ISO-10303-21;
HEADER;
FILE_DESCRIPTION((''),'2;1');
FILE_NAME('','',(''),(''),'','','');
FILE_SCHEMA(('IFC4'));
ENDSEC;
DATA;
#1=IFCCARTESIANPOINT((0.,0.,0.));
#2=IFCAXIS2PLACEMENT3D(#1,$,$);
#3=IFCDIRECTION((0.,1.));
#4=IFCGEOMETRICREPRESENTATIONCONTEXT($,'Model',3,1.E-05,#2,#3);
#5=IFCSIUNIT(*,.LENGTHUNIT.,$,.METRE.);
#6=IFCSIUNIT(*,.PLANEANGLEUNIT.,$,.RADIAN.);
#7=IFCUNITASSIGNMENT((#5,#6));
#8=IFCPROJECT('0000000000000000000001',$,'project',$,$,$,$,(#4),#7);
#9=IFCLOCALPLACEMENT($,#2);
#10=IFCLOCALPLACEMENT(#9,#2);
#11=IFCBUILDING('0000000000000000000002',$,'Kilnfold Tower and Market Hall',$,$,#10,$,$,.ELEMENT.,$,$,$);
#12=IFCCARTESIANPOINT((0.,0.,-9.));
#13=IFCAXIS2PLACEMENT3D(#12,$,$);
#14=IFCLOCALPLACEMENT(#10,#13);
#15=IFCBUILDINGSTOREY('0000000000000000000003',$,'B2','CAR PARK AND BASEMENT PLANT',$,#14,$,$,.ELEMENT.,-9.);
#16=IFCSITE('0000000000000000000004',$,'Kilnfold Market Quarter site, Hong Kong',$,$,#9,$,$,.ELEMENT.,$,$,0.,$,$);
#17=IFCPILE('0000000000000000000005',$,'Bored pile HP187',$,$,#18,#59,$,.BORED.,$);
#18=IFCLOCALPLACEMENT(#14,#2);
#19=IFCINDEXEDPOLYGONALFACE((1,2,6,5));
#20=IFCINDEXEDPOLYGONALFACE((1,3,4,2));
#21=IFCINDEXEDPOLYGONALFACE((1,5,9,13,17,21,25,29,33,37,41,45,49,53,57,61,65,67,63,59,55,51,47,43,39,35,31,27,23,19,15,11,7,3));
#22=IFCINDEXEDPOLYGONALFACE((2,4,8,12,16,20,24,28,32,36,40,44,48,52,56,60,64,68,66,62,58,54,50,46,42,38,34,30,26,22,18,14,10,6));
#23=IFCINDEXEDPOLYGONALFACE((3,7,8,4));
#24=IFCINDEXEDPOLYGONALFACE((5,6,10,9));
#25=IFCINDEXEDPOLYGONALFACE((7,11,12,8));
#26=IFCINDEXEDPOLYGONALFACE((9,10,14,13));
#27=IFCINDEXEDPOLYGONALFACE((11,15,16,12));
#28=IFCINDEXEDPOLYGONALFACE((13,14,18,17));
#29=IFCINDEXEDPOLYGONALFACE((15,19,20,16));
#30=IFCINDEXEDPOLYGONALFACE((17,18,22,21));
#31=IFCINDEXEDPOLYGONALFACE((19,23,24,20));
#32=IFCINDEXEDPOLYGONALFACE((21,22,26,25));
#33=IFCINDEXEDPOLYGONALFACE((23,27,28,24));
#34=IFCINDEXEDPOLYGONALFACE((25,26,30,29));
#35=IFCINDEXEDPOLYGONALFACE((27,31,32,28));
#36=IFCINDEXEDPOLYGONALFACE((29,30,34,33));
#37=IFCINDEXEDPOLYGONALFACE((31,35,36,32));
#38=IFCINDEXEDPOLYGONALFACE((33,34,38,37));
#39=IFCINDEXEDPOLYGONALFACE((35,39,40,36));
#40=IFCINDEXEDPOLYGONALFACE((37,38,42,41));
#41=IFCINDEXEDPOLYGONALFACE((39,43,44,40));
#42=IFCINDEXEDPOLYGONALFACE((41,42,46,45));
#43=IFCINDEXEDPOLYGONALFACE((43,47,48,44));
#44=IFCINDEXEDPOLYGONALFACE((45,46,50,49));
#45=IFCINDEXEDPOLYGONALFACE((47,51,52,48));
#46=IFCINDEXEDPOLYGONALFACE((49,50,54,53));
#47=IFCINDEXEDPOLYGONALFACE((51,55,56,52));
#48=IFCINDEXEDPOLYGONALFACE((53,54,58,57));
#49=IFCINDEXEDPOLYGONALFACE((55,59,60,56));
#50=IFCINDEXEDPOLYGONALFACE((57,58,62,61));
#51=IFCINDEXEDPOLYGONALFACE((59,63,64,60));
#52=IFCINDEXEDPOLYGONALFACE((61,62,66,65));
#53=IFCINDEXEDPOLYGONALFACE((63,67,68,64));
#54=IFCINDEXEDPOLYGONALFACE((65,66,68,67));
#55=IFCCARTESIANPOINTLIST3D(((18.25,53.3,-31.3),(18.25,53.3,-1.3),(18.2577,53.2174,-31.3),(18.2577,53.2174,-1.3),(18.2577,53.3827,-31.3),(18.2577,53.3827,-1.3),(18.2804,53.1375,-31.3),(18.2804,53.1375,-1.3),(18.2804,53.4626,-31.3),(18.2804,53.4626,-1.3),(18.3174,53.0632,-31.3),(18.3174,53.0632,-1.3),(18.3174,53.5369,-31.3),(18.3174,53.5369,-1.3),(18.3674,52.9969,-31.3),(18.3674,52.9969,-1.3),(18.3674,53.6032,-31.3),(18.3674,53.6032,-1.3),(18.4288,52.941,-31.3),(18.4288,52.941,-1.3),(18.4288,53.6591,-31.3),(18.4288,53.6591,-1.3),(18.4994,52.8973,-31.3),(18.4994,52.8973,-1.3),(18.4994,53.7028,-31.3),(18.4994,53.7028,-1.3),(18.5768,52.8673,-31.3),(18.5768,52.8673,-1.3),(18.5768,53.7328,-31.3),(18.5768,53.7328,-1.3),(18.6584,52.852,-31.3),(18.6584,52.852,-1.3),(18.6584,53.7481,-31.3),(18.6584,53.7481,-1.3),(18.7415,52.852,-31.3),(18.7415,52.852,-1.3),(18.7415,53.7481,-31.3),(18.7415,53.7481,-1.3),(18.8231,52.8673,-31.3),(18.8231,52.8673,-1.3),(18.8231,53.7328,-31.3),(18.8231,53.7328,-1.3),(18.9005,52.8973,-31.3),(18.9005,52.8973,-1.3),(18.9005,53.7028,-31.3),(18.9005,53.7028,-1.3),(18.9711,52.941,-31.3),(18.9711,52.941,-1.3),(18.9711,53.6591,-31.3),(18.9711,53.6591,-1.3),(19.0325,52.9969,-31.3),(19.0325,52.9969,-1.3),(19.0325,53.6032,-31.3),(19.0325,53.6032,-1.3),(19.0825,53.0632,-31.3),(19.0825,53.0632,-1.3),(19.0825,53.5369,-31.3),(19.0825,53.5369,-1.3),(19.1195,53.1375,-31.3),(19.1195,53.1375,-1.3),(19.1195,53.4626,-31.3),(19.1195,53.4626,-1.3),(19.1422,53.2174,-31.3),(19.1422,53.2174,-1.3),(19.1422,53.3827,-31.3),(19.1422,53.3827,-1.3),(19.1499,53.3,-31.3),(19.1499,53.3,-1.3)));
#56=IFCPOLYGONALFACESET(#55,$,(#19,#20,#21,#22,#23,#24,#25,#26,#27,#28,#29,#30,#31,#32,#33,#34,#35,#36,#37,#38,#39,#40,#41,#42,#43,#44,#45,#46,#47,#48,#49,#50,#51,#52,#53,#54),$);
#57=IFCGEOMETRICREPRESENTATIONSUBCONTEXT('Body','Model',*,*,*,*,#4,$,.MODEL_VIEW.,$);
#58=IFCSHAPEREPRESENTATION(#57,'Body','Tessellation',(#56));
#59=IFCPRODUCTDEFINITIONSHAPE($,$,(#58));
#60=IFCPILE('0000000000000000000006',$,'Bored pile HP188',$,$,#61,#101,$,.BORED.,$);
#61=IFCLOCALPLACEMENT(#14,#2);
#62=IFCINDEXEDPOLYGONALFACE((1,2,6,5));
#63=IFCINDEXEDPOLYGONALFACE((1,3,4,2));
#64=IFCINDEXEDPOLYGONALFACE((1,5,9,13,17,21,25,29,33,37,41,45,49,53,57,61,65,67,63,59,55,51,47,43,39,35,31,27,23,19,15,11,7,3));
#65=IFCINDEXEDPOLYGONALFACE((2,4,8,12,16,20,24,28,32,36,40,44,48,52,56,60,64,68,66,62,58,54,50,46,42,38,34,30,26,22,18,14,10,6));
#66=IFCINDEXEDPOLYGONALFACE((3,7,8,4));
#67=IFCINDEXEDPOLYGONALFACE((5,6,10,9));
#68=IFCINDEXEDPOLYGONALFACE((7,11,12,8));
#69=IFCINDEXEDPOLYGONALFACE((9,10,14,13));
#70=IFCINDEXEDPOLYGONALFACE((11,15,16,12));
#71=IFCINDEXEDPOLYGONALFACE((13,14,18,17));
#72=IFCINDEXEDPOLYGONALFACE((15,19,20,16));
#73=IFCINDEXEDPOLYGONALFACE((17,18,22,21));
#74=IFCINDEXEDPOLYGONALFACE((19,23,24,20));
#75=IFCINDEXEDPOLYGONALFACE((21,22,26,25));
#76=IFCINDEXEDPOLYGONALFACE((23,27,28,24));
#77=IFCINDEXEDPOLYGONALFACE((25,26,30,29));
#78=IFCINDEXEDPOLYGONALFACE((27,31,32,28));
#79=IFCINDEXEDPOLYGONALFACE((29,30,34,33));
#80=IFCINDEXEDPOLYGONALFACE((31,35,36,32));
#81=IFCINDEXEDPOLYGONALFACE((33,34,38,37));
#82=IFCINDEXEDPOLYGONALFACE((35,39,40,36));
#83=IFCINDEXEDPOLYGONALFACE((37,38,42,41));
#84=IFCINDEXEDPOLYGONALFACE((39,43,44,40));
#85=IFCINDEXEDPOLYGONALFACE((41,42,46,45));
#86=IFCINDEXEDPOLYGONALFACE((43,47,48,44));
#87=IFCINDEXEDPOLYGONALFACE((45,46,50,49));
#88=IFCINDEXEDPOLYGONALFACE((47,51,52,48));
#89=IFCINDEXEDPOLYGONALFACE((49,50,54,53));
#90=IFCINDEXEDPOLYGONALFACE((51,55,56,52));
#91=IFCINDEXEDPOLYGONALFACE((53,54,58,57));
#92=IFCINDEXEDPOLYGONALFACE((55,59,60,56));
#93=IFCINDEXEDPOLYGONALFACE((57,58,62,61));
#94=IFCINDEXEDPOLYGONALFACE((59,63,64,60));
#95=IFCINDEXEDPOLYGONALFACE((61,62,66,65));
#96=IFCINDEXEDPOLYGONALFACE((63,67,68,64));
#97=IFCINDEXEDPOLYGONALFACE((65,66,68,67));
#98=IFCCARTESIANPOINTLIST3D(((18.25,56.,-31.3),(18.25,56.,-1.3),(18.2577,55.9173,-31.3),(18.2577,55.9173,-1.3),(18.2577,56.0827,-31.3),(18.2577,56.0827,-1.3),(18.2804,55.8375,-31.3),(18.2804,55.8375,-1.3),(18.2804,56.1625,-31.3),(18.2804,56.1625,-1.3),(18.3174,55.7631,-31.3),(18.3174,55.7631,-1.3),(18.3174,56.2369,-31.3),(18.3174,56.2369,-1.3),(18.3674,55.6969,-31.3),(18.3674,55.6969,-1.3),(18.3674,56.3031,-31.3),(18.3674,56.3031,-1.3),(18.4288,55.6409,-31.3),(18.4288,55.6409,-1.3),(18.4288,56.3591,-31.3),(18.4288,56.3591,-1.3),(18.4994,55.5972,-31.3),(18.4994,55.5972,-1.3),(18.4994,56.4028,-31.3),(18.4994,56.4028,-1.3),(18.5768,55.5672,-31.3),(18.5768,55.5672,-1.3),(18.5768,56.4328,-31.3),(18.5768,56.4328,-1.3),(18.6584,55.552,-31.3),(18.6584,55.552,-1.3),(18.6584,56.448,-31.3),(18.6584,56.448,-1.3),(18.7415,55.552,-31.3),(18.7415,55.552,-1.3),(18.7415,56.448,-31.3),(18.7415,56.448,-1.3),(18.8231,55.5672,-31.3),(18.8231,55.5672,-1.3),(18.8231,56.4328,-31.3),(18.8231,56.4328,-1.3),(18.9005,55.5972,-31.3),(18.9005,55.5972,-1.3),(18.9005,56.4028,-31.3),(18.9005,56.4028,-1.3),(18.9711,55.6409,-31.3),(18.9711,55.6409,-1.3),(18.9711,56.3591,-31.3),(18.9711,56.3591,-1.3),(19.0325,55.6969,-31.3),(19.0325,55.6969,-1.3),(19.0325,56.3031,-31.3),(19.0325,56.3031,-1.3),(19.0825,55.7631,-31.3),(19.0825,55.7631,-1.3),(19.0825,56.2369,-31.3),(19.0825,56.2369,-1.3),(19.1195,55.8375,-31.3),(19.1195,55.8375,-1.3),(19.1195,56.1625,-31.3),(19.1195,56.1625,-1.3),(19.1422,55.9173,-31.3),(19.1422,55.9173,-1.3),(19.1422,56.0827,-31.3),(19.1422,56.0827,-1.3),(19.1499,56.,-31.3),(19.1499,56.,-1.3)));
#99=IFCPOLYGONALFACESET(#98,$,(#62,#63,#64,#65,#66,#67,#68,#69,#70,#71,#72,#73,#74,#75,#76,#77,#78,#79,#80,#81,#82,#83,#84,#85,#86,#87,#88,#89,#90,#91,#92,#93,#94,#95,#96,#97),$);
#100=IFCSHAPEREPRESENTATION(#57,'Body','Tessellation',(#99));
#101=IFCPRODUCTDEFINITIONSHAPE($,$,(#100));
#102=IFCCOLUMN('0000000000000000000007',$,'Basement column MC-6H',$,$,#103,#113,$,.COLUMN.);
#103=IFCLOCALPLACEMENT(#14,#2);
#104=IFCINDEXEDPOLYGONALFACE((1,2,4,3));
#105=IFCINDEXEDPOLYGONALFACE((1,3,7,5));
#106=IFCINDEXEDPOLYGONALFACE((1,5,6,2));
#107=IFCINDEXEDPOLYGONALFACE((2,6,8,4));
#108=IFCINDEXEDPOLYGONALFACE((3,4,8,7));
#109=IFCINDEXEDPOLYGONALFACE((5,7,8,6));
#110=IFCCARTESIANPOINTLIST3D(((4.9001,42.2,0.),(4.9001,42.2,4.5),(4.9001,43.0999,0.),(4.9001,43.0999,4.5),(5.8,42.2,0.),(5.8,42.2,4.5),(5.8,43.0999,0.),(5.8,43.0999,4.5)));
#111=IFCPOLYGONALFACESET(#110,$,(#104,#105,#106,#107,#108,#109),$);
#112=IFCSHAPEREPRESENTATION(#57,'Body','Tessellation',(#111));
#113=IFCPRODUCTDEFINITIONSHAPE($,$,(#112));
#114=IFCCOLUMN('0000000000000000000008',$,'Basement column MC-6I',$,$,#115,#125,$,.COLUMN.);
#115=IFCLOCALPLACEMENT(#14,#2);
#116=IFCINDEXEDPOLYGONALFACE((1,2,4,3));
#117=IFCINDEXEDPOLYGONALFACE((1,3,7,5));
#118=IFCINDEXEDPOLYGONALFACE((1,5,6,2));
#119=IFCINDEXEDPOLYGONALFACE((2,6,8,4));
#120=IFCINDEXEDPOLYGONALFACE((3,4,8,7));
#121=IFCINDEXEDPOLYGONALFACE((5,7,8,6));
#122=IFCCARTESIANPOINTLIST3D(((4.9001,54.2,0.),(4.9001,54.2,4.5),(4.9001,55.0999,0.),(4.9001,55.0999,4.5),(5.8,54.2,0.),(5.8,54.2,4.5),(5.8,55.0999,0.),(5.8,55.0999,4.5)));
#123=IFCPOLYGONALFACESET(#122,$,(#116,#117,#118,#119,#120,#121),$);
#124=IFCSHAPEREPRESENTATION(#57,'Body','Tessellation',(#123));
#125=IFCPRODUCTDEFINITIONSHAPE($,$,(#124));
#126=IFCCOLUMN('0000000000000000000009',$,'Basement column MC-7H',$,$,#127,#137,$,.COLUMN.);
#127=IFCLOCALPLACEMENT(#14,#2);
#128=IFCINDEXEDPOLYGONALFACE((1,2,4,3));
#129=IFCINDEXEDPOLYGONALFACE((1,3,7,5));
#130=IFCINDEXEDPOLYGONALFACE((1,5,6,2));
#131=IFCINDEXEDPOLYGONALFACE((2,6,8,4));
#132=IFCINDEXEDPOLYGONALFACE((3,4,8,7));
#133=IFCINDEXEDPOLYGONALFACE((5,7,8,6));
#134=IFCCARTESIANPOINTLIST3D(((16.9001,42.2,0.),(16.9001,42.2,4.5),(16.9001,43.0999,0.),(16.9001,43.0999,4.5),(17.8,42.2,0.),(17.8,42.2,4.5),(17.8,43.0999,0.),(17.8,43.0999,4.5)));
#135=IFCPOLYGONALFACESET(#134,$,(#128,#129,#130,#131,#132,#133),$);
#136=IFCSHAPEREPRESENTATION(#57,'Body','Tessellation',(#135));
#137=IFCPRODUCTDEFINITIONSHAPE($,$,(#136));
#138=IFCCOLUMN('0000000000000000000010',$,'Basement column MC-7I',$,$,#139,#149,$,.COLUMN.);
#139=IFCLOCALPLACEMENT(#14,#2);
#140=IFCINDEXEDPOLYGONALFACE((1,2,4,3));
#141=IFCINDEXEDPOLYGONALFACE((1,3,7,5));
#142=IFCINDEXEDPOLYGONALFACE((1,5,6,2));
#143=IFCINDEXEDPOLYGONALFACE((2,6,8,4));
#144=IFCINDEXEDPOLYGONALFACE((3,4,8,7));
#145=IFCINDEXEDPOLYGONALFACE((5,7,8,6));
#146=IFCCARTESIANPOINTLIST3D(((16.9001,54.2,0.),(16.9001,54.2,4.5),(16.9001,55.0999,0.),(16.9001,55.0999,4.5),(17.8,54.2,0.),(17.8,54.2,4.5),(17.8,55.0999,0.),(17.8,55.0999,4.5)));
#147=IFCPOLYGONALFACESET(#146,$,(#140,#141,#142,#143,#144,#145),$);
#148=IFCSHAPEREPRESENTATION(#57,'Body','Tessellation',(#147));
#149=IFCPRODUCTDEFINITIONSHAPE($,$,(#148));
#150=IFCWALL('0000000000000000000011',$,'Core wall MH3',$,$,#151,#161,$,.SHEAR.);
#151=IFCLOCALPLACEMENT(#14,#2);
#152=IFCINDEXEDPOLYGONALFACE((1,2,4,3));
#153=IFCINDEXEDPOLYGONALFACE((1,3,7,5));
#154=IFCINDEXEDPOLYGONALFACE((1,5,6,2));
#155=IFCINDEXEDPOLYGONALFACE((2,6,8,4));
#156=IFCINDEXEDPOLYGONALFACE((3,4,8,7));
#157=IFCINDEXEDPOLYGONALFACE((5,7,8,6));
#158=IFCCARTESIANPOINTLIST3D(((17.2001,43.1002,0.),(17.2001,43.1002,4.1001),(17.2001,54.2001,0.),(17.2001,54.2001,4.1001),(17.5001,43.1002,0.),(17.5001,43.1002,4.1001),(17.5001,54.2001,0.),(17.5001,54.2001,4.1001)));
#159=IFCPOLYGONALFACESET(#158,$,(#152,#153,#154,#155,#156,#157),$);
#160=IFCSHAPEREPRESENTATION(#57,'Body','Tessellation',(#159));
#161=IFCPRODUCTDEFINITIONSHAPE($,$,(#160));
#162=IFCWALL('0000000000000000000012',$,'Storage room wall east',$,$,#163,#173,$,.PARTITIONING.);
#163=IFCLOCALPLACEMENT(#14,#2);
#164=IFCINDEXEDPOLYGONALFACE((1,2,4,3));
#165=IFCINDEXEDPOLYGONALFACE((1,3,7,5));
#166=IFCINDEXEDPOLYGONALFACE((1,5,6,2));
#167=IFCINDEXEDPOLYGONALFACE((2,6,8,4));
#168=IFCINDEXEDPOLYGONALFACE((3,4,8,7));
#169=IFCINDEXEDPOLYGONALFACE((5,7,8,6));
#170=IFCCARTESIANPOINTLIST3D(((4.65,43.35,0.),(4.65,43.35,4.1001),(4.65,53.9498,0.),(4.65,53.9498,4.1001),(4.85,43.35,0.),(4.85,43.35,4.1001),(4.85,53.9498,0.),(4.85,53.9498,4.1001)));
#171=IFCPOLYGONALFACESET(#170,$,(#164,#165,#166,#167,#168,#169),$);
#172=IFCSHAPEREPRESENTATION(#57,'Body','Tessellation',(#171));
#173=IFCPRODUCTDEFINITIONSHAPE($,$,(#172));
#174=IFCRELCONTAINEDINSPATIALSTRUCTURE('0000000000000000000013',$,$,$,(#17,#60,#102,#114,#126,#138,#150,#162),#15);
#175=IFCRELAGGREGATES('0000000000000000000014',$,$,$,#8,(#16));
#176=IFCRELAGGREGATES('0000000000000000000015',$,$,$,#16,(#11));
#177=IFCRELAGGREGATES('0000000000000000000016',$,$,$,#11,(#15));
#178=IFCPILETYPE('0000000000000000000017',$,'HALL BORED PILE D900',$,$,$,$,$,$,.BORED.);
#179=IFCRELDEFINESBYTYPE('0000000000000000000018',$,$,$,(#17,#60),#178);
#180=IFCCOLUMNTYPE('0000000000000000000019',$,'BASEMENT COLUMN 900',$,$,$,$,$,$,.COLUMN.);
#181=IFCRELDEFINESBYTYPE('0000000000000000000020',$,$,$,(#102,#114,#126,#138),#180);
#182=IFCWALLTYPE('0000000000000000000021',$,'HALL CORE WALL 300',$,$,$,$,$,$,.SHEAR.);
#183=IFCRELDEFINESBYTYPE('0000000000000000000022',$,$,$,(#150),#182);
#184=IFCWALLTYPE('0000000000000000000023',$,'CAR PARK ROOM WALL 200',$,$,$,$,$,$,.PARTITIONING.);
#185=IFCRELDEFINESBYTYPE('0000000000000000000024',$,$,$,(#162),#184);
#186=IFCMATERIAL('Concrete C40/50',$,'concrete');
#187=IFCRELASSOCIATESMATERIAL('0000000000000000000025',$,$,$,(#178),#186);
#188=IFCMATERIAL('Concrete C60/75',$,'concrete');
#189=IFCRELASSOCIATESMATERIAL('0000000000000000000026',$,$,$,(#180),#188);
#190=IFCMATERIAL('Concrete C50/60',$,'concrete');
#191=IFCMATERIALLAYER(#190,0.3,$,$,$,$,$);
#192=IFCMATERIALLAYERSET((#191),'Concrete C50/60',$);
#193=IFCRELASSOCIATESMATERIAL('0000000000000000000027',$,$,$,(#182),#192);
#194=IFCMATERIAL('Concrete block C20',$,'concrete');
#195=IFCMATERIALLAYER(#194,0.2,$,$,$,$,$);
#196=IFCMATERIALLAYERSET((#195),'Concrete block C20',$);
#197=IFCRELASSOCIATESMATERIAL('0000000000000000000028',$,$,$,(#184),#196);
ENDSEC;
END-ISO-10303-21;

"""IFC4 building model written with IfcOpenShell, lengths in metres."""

from ifc_helpers import new_model, si_unit, direction, frame, frame_2d, origin, origin_2d, place, context, subcontext, project, spatial, rectangle, circle, extrude, source, transform, mapped, material, layer, layer_set, material_profile, profile_set, type_object, element, save


model = new_model("IFC4")

# Units and contexts
model_context = context("Model", 3, precision=1e-05, world=origin(), true_north=direction((0.0, 1.0)))
body_context = subcontext(model_context, "Body", "Model", "MODEL_VIEW")
ifc_project = project(units=[si_unit("LENGTHUNIT", "METRE"), si_unit("PLANEANGLEUNIT", "RADIAN")], contexts=[model_context])

# Site, building, storey
site_placement = place(None, origin())
site = spatial("IfcSite", under=ifc_project, at=site_placement, Name="Kilnfold Market Quarter site, Hong Kong", CompositionType="ELEMENT", RefElevation=0.0)
building_placement = place(site_placement, origin())
building = spatial("IfcBuilding", under=site, at=building_placement, Name="Kilnfold Tower and Market Hall", CompositionType="ELEMENT")
storey_placement = place(building_placement, frame((0.0, 0.0, -9.0)))
storey = spatial("IfcBuildingStorey", under=building, at=storey_placement, Name="B2", Description="CAR PARK AND BASEMENT PLANT", CompositionType="ELEMENT", Elevation=-9.0)

# Piles
ifc_material_1 = material(Name="Concrete C40/50", Category="concrete")
ifc_material_profile_1 = material_profile(ifc_material_1, circle(Radius=0.45, at=origin_2d()), Name="D900")
ifc_profile_set_1 = profile_set([ifc_material_profile_1], Name="Concrete C40/50")
pile_type = type_object("IfcPileType", Name="HALL BORED PILE D900", PredefinedType="BORED", material=ifc_profile_set_1)
shared_shape_1 = source(origin(), body_context, "Body", "SweptSolid", [
    extrude(circle(Radius=0.45, at=origin_2d()), origin(), (0.0, 0.0, 1.0), 30.0),
])
for number, where, z_axis, x_axis, name in (
    (1, (18.7, 53.3, -1.3), (0.0, 0.0, -1.0), (1.0, 0.0, 0.0), "Bored pile HP187"),
    (2, (18.7, 56.0, -1.3), (0.0, 0.0, -1.0), (1.0, 0.0, 0.0), "Bored pile HP188"),
):
    element("IfcPile", number, at=place(storey_placement, frame(where, z_axis=z_axis, x_axis=x_axis)), inside=storey, type_object=pile_type, Name=name, PredefinedType="BORED", context=body_context, shape_type="MappedRepresentation", body=[
        mapped(shared_shape_1, transform((0.0, 0.0, 0.0))),
    ])

# Columns
ifc_material_2 = material(Name="Concrete C60/75", Category="concrete")
ifc_material_profile_2 = material_profile(ifc_material_2, rectangle(XDim=0.8999, YDim=0.8999, at=origin_2d()), Name="RC 900x900")
ifc_profile_set_2 = profile_set([ifc_material_profile_2], Name="Concrete C60/75")
column_type = type_object("IfcColumnType", Name="BASEMENT COLUMN 900", PredefinedType="COLUMN", material=ifc_profile_set_2)
shared_shape_2 = source(origin(), body_context, "Body", "SweptSolid", [
    extrude(rectangle(XDim=0.8999, YDim=0.8999, at=origin_2d()), origin(), (0.0, 0.0, 1.0), 4.5),
])
for number, where, z_axis, x_axis, name in (
    (3, (5.3501, 42.6499, 0.0), (0.0, 0.0, 1.0), (1.0, 0.0, 0.0), "Basement column MC-6H"),
    (4, (5.3501, 54.6499, 0.0), (0.0, 0.0, 1.0), (1.0, 0.0, 0.0), "Basement column MC-6I"),
    (5, (17.3501, 42.6499, 0.0), (0.0, 0.0, 1.0), (1.0, 0.0, 0.0), "Basement column MC-7H"),
    (6, (17.3501, 54.6499, 0.0), (0.0, 0.0, 1.0), (1.0, 0.0, 0.0), "Basement column MC-7I"),
):
    element("IfcColumn", number, at=place(storey_placement, frame(where, z_axis=z_axis, x_axis=x_axis)), inside=storey, type_object=column_type, Name=name, PredefinedType="COLUMN", context=body_context, shape_type="MappedRepresentation", body=[
        mapped(shared_shape_2, transform((0.0, 0.0, 0.0))),
    ])

# Walls
ifc_material_3 = material(Name="Concrete C50/60", Category="concrete")
ifc_layer_1 = layer(ifc_material_3, 0.3)
ifc_layer_set_1 = layer_set([ifc_layer_1], Name="Concrete C50/60")
wall_type_1 = type_object("IfcWallType", Name="HALL CORE WALL 300", PredefinedType="SHEAR", material=ifc_layer_set_1)
shared_shape_3 = source(origin(), body_context, "Body", "SweptSolid", [
    extrude(rectangle(XDim=11.0999, YDim=0.3, at=frame_2d((5.5498, 0.0))), origin(), (0.0, 0.0, 1.0), 4.1001),
])
wall_1_placement = place(storey_placement, frame((17.3501, 54.2, 0.0), z_axis=(0.0, 0.0, 1.0), x_axis=(0.0, -1.0, 0.0)))
element("IfcWall", 7, at=wall_1_placement, inside=storey, type_object=wall_type_1, Name="Core wall MH3", PredefinedType="SHEAR", context=body_context, shape_type="MappedRepresentation", body=[
    mapped(shared_shape_3, transform((0.0, 0.0, 0.0))),
])
ifc_material_4 = material(Name="Concrete block C20", Category="concrete")
ifc_layer_2 = layer(ifc_material_4, 0.2)
ifc_layer_set_2 = layer_set([ifc_layer_2], Name="Concrete block C20")
wall_type_2 = type_object("IfcWallType", Name="CAR PARK ROOM WALL 200", PredefinedType="PARTITIONING", material=ifc_layer_set_2)
shared_shape_4 = source(origin(), body_context, "Body", "SweptSolid", [
    extrude(rectangle(XDim=10.5999, YDim=0.2, at=frame_2d((5.2998, 0.0))), origin(), (0.0, 0.0, 1.0), 4.1001),
])
wall_2_placement = place(storey_placement, frame((4.75, 43.3501, 0.0), z_axis=(0.0, 0.0, 1.0), x_axis=(0.0, 1.0, 0.0)))
element("IfcWall", 8, at=wall_2_placement, inside=storey, type_object=wall_type_2, Name="Storage room wall east", PredefinedType="PARTITIONING", context=body_context, shape_type="MappedRepresentation", body=[
    mapped(shared_shape_4, transform((0.0, 0.0, 0.0))),
])

save(model, "model.ifc")
